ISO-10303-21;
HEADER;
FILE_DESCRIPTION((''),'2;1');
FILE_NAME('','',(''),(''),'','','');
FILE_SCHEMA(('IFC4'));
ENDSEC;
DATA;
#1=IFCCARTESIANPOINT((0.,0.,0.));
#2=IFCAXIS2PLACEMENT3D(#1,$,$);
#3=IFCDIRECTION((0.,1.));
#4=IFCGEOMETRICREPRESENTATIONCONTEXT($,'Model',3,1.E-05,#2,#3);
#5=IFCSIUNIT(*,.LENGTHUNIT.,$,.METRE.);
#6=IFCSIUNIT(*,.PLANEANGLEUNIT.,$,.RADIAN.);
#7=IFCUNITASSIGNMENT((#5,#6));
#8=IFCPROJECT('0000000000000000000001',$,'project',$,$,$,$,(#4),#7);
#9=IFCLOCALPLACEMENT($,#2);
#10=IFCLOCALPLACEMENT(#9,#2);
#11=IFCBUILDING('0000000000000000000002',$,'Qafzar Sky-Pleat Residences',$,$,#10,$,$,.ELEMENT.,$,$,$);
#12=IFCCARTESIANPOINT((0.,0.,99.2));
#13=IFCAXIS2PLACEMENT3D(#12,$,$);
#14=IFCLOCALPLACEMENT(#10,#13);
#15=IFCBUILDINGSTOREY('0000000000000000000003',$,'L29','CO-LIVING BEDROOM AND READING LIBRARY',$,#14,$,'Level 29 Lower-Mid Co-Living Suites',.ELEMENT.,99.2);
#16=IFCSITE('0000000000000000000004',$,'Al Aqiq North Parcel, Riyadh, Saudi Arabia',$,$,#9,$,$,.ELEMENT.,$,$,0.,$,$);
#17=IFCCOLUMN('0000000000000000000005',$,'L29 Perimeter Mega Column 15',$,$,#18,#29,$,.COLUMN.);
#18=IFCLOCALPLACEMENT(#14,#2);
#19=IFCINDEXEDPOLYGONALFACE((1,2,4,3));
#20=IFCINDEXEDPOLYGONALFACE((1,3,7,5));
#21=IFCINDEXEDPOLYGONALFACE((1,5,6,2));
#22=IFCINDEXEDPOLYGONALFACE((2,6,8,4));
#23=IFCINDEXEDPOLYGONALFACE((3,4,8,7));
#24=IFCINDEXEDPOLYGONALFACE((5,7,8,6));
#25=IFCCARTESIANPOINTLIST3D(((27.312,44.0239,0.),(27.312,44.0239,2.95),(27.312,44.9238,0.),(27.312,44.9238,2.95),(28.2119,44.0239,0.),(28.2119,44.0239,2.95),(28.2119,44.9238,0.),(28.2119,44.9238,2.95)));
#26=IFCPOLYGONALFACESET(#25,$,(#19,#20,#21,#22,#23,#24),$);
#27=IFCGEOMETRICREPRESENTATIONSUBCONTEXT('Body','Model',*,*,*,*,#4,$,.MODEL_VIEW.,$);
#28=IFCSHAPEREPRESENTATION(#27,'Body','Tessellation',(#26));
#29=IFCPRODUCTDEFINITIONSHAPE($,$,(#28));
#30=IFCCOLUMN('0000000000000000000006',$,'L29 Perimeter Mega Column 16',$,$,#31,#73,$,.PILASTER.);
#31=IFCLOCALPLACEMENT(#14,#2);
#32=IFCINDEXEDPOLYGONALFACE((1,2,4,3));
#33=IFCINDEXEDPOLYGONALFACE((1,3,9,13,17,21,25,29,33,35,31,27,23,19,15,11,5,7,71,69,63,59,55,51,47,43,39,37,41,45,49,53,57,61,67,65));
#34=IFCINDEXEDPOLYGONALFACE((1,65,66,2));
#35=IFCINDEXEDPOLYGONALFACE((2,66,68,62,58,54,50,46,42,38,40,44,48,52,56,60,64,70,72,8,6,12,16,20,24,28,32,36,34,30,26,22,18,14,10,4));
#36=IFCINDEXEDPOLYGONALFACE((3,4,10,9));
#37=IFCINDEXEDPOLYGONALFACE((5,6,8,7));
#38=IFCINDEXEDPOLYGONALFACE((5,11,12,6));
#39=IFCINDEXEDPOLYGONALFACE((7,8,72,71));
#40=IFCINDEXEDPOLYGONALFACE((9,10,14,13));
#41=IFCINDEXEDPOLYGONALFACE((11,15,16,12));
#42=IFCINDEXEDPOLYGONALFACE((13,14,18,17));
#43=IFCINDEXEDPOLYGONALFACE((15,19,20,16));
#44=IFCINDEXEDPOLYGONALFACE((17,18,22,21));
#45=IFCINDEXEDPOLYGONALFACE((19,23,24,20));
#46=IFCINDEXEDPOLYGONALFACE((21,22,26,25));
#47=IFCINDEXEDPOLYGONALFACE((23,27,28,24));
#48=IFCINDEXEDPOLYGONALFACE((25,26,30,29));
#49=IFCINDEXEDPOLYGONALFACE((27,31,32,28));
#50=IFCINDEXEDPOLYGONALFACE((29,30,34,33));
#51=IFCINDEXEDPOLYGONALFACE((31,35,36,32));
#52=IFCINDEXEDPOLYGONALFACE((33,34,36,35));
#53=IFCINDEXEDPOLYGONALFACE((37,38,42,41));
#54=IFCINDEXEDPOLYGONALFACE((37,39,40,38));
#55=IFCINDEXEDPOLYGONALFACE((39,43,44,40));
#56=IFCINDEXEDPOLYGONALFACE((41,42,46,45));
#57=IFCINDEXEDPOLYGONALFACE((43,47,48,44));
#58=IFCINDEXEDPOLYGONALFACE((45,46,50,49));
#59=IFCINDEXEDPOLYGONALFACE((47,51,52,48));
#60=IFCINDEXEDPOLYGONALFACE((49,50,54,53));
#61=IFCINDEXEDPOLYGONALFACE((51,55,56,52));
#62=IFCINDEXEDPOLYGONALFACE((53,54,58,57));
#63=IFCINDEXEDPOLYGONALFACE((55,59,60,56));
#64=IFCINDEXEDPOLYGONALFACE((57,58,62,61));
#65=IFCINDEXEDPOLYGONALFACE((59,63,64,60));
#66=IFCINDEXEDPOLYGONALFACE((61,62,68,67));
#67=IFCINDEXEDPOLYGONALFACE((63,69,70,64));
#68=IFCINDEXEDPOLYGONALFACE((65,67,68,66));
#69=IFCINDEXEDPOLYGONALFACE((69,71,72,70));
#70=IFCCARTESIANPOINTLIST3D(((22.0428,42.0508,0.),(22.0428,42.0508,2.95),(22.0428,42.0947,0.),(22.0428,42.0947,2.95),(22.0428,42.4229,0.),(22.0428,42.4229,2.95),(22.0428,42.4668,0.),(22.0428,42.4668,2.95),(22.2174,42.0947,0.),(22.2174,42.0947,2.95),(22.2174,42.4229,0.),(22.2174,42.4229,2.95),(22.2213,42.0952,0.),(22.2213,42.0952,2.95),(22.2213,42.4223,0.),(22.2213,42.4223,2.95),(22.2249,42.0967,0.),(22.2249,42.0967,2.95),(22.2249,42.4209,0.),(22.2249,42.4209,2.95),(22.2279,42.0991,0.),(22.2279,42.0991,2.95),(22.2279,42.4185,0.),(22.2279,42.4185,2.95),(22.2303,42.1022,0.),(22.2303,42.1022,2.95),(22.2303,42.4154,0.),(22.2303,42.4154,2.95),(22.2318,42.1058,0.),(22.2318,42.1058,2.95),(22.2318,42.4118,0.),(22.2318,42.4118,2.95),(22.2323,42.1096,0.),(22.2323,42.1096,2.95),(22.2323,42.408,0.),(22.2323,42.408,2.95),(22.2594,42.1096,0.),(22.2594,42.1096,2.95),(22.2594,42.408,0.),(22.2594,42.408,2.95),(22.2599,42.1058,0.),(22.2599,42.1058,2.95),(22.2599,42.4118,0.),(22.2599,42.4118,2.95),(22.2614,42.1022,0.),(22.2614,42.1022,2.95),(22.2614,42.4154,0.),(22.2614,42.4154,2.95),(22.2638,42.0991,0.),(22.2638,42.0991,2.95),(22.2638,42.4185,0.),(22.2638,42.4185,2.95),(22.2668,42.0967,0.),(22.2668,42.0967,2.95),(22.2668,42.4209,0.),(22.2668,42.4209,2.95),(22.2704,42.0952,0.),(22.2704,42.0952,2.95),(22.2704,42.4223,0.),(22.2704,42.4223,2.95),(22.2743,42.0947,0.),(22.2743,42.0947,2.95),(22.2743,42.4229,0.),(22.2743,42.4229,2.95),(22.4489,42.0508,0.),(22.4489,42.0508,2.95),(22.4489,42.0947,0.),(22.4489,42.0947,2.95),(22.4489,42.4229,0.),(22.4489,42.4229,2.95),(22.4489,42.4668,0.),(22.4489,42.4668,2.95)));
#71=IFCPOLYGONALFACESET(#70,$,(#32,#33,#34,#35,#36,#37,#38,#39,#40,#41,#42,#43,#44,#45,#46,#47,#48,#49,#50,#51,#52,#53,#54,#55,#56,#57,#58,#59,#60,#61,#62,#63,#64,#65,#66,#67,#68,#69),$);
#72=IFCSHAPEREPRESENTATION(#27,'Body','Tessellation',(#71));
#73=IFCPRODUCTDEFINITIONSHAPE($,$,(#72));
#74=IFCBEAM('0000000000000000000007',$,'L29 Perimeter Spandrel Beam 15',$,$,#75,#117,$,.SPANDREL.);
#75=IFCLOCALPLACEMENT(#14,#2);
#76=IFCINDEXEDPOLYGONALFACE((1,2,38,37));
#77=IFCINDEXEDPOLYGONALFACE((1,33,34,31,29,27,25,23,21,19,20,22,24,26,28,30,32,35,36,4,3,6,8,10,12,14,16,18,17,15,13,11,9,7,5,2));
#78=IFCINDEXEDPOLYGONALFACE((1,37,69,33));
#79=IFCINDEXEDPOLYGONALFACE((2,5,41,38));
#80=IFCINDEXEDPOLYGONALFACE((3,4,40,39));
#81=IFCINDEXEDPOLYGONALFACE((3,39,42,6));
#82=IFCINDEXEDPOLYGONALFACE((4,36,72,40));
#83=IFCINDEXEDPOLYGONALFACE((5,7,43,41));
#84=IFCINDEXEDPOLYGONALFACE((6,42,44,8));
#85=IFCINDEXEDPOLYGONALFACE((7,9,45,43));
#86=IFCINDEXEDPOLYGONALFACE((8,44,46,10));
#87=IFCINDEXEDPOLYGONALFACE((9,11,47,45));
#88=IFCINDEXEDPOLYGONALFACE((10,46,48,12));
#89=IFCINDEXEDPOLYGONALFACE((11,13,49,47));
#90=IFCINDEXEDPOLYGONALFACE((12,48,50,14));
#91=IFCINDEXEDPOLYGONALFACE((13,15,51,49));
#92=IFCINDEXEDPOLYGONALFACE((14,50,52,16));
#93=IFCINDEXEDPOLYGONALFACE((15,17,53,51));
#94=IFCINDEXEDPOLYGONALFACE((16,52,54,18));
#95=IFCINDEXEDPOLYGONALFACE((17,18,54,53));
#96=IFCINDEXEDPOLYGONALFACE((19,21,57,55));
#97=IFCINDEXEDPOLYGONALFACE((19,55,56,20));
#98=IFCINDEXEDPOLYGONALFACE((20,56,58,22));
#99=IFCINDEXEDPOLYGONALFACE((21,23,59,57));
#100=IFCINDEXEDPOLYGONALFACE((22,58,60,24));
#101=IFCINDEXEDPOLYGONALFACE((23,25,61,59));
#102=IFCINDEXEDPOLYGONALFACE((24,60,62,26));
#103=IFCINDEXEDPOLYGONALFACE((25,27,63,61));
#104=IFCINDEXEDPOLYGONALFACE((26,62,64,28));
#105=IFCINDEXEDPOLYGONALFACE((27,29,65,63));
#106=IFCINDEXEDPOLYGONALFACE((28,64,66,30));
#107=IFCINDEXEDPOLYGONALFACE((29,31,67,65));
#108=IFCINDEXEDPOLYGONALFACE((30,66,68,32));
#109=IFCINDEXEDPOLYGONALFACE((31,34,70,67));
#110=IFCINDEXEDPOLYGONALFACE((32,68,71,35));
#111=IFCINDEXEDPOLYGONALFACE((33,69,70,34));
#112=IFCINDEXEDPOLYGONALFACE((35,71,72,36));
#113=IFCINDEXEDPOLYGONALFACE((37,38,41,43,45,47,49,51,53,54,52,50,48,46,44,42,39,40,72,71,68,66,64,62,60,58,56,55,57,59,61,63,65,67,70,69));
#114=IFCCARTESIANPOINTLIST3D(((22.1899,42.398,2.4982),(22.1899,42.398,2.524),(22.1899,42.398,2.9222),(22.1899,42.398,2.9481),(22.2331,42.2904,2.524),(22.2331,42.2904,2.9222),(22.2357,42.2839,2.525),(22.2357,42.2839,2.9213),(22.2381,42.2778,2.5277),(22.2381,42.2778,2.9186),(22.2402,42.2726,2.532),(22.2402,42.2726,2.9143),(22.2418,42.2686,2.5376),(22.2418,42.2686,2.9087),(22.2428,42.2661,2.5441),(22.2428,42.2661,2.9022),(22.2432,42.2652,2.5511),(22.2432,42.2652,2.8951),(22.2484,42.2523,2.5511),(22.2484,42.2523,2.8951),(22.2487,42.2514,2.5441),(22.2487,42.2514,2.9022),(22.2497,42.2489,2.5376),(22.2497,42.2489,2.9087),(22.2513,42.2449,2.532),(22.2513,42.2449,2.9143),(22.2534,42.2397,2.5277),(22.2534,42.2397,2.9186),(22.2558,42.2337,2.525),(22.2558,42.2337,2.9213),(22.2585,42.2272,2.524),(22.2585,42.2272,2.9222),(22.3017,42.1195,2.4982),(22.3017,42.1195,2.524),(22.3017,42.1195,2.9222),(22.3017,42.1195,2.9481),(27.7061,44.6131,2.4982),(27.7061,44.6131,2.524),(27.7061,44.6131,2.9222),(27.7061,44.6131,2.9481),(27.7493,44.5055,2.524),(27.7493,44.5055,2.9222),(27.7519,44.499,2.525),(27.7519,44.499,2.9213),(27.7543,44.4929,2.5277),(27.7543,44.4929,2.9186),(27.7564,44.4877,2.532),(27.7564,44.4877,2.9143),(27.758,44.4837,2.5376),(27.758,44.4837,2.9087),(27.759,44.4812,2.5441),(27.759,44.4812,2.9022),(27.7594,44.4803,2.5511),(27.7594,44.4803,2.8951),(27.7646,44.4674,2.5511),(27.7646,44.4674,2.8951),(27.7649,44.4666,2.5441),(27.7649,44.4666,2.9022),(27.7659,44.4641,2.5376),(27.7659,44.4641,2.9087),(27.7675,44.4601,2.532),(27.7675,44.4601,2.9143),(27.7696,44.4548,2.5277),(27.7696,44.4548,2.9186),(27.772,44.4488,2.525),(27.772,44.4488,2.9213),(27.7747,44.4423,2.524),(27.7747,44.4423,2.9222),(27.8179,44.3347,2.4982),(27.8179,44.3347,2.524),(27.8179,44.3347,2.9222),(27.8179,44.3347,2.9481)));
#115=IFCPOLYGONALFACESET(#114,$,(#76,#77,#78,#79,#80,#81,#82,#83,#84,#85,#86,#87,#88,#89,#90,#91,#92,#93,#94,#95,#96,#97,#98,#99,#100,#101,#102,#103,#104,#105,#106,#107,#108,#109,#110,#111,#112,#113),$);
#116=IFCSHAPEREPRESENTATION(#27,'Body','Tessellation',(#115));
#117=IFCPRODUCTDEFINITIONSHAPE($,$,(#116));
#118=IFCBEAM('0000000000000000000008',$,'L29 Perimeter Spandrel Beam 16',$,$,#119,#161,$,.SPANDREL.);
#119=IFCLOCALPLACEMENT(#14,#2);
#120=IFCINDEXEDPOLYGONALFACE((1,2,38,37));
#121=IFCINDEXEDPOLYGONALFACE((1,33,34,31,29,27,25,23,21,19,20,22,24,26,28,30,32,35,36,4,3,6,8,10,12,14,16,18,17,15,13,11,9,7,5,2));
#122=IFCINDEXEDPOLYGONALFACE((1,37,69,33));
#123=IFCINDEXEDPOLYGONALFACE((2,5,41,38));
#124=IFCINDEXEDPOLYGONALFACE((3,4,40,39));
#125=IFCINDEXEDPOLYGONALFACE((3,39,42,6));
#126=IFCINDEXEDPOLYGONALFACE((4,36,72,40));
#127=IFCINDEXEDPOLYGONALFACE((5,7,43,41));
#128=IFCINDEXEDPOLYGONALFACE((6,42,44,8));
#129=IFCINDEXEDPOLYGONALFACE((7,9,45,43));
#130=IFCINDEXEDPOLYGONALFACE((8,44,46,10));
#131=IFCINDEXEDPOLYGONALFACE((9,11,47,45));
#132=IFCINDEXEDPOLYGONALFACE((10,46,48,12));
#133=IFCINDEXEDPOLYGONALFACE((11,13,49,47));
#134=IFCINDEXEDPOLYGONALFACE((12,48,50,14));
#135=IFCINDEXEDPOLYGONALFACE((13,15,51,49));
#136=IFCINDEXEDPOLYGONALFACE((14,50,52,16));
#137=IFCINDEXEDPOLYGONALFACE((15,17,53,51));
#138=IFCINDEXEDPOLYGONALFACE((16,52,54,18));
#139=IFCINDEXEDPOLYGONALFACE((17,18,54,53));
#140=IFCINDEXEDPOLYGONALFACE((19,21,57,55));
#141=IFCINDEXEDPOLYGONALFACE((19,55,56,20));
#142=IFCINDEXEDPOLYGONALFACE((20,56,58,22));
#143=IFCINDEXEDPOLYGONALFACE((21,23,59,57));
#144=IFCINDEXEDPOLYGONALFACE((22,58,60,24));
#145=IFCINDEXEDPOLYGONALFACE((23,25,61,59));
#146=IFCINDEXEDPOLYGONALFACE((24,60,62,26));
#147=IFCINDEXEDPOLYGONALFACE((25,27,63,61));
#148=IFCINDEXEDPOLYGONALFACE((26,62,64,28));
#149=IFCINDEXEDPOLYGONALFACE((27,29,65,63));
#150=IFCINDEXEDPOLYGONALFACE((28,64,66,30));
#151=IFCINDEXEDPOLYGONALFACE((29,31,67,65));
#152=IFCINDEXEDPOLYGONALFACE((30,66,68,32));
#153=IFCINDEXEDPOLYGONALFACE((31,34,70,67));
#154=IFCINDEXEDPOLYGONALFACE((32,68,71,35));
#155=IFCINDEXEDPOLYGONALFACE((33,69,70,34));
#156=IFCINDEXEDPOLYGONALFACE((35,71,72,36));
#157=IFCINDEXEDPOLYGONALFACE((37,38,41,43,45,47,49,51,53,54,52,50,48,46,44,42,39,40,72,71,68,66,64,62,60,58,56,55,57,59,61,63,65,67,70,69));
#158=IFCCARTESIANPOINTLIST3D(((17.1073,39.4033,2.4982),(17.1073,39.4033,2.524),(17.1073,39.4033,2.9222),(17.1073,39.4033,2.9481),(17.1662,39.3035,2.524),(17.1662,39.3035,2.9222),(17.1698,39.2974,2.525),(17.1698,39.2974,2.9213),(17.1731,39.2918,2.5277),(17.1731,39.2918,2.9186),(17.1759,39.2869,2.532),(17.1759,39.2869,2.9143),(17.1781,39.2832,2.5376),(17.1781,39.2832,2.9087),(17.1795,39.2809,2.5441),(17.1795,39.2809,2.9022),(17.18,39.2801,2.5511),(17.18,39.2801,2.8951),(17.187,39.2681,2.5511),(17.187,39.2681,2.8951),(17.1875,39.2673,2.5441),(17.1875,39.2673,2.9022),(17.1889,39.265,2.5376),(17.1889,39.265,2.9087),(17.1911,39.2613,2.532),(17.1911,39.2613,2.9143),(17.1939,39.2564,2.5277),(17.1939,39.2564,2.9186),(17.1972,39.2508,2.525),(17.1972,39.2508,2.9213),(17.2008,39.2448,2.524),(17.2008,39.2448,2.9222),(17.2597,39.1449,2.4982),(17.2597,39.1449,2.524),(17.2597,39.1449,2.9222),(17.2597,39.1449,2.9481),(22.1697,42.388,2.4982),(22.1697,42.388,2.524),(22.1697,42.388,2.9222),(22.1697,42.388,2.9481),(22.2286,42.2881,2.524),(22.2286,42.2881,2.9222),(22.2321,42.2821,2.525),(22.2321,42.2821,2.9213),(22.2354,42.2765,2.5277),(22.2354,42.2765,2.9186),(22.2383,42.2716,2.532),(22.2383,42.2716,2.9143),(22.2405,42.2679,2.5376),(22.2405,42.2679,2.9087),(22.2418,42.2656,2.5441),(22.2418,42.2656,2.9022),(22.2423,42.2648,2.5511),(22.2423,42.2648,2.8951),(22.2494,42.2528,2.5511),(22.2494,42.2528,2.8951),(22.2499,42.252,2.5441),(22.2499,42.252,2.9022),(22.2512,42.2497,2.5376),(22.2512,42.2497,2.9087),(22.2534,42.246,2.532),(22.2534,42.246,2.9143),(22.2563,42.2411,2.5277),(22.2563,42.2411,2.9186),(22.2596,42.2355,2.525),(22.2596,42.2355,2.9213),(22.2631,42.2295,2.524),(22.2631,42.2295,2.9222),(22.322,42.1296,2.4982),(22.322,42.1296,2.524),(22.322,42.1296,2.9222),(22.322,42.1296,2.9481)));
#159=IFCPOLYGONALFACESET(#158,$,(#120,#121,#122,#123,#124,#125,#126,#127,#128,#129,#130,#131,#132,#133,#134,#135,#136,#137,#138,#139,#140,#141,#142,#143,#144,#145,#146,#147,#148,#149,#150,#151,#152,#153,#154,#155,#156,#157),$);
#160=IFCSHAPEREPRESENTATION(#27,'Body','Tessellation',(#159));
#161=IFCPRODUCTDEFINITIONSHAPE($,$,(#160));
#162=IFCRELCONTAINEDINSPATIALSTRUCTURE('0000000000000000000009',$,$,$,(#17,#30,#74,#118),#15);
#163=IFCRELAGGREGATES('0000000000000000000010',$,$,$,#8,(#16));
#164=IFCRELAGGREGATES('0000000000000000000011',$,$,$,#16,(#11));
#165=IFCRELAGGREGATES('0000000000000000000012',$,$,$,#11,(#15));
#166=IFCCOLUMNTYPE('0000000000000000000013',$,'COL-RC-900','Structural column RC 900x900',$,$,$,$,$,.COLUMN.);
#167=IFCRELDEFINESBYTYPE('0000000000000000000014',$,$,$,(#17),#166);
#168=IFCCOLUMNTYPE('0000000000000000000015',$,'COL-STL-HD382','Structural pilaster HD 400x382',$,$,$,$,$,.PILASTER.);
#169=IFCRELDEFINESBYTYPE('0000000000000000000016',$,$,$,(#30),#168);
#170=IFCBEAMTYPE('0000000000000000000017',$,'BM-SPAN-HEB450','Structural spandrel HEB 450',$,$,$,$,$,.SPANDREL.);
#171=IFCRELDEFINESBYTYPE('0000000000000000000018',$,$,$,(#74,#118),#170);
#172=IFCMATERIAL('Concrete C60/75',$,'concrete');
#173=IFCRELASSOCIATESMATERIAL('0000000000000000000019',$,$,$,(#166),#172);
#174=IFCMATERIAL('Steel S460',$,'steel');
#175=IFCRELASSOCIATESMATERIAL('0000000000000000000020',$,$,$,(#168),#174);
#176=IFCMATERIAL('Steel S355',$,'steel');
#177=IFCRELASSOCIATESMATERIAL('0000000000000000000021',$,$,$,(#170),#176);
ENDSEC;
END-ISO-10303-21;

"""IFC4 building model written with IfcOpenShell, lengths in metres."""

from ifc_helpers import new_model, si_unit, direction, frame, origin, origin_2d, place, context, subcontext, project, spatial, rectangle, i_section, extrude, source, transform, mapped, material, material_profile, profile_set, type_object, element, save


model = new_model("IFC4")

# Units and contexts
model_context = context("Model", 3, precision=1e-05, world=origin(), true_north=direction((0.0, 1.0)))
body_context = subcontext(model_context, "Body", "Model", "MODEL_VIEW")
ifc_project = project(units=[si_unit("LENGTHUNIT", "METRE"), si_unit("PLANEANGLEUNIT", "RADIAN")], contexts=[model_context])

# Site, building, storey
site_placement = place(None, origin())
site = spatial("IfcSite", under=ifc_project, at=site_placement, Name="Al Aqiq North Parcel, Riyadh, Saudi Arabia", CompositionType="ELEMENT", RefElevation=0.0)
building_placement = place(site_placement, origin())
building = spatial("IfcBuilding", under=site, at=building_placement, Name="Qafzar Sky-Pleat Residences", CompositionType="ELEMENT")
storey_placement = place(building_placement, frame((0.0, 0.0, 99.2)))
storey = spatial("IfcBuildingStorey", under=building, at=storey_placement, Name="L29", Description="CO-LIVING BEDROOM AND READING LIBRARY", LongName="Level 29 Lower-Mid Co-Living Suites", CompositionType="ELEMENT", Elevation=99.2)

# Columns
ifc_material_1 = material(Name="Concrete C60/75", Category="concrete")
ifc_material_profile_1 = material_profile(ifc_material_1, rectangle(XDim=0.8999, YDim=0.8999, at=origin_2d()), Name="RC 900x900")
ifc_profile_set_1 = profile_set([ifc_material_profile_1], Name="Concrete C60/75")
column_type_1 = type_object("IfcColumnType", Name="COL-RC-900", Description="Structural column RC 900x900", PredefinedType="COLUMN", material=ifc_profile_set_1)
shared_shape_1 = source(origin(), body_context, "Body", "SweptSolid", [
    extrude(rectangle(XDim=0.8999, YDim=0.8999, at=origin_2d()), origin(), (0.0, 0.0, 1.0), 2.95),
])
column_1_placement = place(storey_placement, frame((27.762, 44.4739, 0.0), z_axis=(0.0, 0.0, 1.0), x_axis=(1.0, 0.0, 0.0)))
element("IfcColumn", 1, at=column_1_placement, inside=storey, type_object=column_type_1, Name="L29 Perimeter Mega Column 15", PredefinedType="COLUMN", context=body_context, shape_type="MappedRepresentation", body=[
    mapped(shared_shape_1, transform((0.0, 0.0, 0.0), x_axis=(1.0, 0.0, 0.0), y_axis=(0.0, 1.0, 0.0), z_axis=(0.0, 0.0, 1.0), scale=1.0)),
])
ifc_material_2 = material(Name="Steel S460", Category="steel")
ifc_material_profile_2 = material_profile(ifc_material_2, i_section(OverallWidth=0.406, OverallDepth=0.416, WebThickness=0.0271, FlangeThickness=0.0439, FilletRadius=0.0149, at=origin_2d()), Name="HD 400x382")
ifc_profile_set_2 = profile_set([ifc_material_profile_2], Name="Steel S460")
column_type_2 = type_object("IfcColumnType", Name="COL-STL-HD382", Description="Structural pilaster HD 400x382", PredefinedType="PILASTER", material=ifc_profile_set_2)
shared_shape_2 = source(origin(), body_context, "Body", "SweptSolid", [
    extrude(i_section(OverallWidth=0.406, OverallDepth=0.416, WebThickness=0.0271, FlangeThickness=0.0439, FilletRadius=0.0149, at=origin_2d()), origin(), (0.0, 0.0, 1.0), 2.95),
])
column_2_placement = place(storey_placement, frame((22.2458, 42.2588, 0.0), z_axis=(0.0, 0.0, 1.0), x_axis=(1.0, 0.0, 0.0)))
element("IfcColumn", 2, at=column_2_placement, inside=storey, type_object=column_type_2, Name="L29 Perimeter Mega Column 16", PredefinedType="PILASTER", context=body_context, shape_type="MappedRepresentation", body=[
    mapped(shared_shape_2, transform((0.0, 0.0, 0.0), x_axis=(1.0, 0.0, 0.0), y_axis=(0.0, 1.0, 0.0), z_axis=(0.0, 0.0, 1.0), scale=1.0)),
])

# Beams
ifc_material_3 = material(Name="Steel S355", Category="steel")
ifc_material_profile_3 = material_profile(ifc_material_3, i_section(OverallWidth=0.3, OverallDepth=0.45, WebThickness=0.0139, FlangeThickness=0.0259, FilletRadius=0.0271, at=origin_2d()), Name="HEB 450")
ifc_profile_set_3 = profile_set([ifc_material_profile_3], Name="Steel S355")
beam_type_1 = type_object("IfcBeamType", Name="BM-SPAN-HEB450", Description="Structural spandrel HEB 450", PredefinedType="SPANDREL", material=ifc_profile_set_3)
shared_shape_3 = source(origin(), body_context, "Body", "SweptSolid", [
    extrude(i_section(OverallWidth=0.3, OverallDepth=0.45, WebThickness=0.0139, FlangeThickness=0.0259, FilletRadius=0.0271, at=origin_2d()), origin(), (0.0, 0.0, 1.0), 5.9443),
])
beam_1_placement = place(storey_placement, frame((27.762, 44.4739, 2.7231), z_axis=(-0.927974, -0.372644, 0.0), x_axis=(0.372644, -0.927974, 0.0)))
element("IfcBeam", 3, at=beam_1_placement, inside=storey, type_object=beam_type_1, Name="L29 Perimeter Spandrel Beam 15", PredefinedType="SPANDREL", context=body_context, shape_type="MappedRepresentation", body=[
    mapped(shared_shape_3, transform((0.0, 0.0, 0.0), x_axis=(1.0, 0.0, 0.0), y_axis=(0.0, 1.0, 0.0), z_axis=(0.0, 0.0, 1.0), scale=1.0)),
])
shared_shape_4 = source(origin(), body_context, "Body", "SweptSolid", [
    extrude(i_section(OverallWidth=0.3, OverallDepth=0.45, WebThickness=0.0139, FlangeThickness=0.0259, FilletRadius=0.0271, at=origin_2d()), origin(), (0.0, 0.0, 1.0), 5.8767),
])
beam_2_placement = place(storey_placement, frame((22.2458, 42.2588, 2.7231), z_axis=(-0.861426, -0.507882, 0.0), x_axis=(0.507882, -0.861426, 0.0)))
element("IfcBeam", 4, at=beam_2_placement, inside=storey, type_object=beam_type_1, Name="L29 Perimeter Spandrel Beam 16", PredefinedType="SPANDREL", context=body_context, shape_type="MappedRepresentation", body=[
    mapped(shared_shape_4, transform((0.0, 0.0, 0.0), x_axis=(1.0, 0.0, 0.0), y_axis=(0.0, 1.0, 0.0), z_axis=(0.0, 0.0, 1.0), scale=1.0)),
])

save(model, "model.ifc")
